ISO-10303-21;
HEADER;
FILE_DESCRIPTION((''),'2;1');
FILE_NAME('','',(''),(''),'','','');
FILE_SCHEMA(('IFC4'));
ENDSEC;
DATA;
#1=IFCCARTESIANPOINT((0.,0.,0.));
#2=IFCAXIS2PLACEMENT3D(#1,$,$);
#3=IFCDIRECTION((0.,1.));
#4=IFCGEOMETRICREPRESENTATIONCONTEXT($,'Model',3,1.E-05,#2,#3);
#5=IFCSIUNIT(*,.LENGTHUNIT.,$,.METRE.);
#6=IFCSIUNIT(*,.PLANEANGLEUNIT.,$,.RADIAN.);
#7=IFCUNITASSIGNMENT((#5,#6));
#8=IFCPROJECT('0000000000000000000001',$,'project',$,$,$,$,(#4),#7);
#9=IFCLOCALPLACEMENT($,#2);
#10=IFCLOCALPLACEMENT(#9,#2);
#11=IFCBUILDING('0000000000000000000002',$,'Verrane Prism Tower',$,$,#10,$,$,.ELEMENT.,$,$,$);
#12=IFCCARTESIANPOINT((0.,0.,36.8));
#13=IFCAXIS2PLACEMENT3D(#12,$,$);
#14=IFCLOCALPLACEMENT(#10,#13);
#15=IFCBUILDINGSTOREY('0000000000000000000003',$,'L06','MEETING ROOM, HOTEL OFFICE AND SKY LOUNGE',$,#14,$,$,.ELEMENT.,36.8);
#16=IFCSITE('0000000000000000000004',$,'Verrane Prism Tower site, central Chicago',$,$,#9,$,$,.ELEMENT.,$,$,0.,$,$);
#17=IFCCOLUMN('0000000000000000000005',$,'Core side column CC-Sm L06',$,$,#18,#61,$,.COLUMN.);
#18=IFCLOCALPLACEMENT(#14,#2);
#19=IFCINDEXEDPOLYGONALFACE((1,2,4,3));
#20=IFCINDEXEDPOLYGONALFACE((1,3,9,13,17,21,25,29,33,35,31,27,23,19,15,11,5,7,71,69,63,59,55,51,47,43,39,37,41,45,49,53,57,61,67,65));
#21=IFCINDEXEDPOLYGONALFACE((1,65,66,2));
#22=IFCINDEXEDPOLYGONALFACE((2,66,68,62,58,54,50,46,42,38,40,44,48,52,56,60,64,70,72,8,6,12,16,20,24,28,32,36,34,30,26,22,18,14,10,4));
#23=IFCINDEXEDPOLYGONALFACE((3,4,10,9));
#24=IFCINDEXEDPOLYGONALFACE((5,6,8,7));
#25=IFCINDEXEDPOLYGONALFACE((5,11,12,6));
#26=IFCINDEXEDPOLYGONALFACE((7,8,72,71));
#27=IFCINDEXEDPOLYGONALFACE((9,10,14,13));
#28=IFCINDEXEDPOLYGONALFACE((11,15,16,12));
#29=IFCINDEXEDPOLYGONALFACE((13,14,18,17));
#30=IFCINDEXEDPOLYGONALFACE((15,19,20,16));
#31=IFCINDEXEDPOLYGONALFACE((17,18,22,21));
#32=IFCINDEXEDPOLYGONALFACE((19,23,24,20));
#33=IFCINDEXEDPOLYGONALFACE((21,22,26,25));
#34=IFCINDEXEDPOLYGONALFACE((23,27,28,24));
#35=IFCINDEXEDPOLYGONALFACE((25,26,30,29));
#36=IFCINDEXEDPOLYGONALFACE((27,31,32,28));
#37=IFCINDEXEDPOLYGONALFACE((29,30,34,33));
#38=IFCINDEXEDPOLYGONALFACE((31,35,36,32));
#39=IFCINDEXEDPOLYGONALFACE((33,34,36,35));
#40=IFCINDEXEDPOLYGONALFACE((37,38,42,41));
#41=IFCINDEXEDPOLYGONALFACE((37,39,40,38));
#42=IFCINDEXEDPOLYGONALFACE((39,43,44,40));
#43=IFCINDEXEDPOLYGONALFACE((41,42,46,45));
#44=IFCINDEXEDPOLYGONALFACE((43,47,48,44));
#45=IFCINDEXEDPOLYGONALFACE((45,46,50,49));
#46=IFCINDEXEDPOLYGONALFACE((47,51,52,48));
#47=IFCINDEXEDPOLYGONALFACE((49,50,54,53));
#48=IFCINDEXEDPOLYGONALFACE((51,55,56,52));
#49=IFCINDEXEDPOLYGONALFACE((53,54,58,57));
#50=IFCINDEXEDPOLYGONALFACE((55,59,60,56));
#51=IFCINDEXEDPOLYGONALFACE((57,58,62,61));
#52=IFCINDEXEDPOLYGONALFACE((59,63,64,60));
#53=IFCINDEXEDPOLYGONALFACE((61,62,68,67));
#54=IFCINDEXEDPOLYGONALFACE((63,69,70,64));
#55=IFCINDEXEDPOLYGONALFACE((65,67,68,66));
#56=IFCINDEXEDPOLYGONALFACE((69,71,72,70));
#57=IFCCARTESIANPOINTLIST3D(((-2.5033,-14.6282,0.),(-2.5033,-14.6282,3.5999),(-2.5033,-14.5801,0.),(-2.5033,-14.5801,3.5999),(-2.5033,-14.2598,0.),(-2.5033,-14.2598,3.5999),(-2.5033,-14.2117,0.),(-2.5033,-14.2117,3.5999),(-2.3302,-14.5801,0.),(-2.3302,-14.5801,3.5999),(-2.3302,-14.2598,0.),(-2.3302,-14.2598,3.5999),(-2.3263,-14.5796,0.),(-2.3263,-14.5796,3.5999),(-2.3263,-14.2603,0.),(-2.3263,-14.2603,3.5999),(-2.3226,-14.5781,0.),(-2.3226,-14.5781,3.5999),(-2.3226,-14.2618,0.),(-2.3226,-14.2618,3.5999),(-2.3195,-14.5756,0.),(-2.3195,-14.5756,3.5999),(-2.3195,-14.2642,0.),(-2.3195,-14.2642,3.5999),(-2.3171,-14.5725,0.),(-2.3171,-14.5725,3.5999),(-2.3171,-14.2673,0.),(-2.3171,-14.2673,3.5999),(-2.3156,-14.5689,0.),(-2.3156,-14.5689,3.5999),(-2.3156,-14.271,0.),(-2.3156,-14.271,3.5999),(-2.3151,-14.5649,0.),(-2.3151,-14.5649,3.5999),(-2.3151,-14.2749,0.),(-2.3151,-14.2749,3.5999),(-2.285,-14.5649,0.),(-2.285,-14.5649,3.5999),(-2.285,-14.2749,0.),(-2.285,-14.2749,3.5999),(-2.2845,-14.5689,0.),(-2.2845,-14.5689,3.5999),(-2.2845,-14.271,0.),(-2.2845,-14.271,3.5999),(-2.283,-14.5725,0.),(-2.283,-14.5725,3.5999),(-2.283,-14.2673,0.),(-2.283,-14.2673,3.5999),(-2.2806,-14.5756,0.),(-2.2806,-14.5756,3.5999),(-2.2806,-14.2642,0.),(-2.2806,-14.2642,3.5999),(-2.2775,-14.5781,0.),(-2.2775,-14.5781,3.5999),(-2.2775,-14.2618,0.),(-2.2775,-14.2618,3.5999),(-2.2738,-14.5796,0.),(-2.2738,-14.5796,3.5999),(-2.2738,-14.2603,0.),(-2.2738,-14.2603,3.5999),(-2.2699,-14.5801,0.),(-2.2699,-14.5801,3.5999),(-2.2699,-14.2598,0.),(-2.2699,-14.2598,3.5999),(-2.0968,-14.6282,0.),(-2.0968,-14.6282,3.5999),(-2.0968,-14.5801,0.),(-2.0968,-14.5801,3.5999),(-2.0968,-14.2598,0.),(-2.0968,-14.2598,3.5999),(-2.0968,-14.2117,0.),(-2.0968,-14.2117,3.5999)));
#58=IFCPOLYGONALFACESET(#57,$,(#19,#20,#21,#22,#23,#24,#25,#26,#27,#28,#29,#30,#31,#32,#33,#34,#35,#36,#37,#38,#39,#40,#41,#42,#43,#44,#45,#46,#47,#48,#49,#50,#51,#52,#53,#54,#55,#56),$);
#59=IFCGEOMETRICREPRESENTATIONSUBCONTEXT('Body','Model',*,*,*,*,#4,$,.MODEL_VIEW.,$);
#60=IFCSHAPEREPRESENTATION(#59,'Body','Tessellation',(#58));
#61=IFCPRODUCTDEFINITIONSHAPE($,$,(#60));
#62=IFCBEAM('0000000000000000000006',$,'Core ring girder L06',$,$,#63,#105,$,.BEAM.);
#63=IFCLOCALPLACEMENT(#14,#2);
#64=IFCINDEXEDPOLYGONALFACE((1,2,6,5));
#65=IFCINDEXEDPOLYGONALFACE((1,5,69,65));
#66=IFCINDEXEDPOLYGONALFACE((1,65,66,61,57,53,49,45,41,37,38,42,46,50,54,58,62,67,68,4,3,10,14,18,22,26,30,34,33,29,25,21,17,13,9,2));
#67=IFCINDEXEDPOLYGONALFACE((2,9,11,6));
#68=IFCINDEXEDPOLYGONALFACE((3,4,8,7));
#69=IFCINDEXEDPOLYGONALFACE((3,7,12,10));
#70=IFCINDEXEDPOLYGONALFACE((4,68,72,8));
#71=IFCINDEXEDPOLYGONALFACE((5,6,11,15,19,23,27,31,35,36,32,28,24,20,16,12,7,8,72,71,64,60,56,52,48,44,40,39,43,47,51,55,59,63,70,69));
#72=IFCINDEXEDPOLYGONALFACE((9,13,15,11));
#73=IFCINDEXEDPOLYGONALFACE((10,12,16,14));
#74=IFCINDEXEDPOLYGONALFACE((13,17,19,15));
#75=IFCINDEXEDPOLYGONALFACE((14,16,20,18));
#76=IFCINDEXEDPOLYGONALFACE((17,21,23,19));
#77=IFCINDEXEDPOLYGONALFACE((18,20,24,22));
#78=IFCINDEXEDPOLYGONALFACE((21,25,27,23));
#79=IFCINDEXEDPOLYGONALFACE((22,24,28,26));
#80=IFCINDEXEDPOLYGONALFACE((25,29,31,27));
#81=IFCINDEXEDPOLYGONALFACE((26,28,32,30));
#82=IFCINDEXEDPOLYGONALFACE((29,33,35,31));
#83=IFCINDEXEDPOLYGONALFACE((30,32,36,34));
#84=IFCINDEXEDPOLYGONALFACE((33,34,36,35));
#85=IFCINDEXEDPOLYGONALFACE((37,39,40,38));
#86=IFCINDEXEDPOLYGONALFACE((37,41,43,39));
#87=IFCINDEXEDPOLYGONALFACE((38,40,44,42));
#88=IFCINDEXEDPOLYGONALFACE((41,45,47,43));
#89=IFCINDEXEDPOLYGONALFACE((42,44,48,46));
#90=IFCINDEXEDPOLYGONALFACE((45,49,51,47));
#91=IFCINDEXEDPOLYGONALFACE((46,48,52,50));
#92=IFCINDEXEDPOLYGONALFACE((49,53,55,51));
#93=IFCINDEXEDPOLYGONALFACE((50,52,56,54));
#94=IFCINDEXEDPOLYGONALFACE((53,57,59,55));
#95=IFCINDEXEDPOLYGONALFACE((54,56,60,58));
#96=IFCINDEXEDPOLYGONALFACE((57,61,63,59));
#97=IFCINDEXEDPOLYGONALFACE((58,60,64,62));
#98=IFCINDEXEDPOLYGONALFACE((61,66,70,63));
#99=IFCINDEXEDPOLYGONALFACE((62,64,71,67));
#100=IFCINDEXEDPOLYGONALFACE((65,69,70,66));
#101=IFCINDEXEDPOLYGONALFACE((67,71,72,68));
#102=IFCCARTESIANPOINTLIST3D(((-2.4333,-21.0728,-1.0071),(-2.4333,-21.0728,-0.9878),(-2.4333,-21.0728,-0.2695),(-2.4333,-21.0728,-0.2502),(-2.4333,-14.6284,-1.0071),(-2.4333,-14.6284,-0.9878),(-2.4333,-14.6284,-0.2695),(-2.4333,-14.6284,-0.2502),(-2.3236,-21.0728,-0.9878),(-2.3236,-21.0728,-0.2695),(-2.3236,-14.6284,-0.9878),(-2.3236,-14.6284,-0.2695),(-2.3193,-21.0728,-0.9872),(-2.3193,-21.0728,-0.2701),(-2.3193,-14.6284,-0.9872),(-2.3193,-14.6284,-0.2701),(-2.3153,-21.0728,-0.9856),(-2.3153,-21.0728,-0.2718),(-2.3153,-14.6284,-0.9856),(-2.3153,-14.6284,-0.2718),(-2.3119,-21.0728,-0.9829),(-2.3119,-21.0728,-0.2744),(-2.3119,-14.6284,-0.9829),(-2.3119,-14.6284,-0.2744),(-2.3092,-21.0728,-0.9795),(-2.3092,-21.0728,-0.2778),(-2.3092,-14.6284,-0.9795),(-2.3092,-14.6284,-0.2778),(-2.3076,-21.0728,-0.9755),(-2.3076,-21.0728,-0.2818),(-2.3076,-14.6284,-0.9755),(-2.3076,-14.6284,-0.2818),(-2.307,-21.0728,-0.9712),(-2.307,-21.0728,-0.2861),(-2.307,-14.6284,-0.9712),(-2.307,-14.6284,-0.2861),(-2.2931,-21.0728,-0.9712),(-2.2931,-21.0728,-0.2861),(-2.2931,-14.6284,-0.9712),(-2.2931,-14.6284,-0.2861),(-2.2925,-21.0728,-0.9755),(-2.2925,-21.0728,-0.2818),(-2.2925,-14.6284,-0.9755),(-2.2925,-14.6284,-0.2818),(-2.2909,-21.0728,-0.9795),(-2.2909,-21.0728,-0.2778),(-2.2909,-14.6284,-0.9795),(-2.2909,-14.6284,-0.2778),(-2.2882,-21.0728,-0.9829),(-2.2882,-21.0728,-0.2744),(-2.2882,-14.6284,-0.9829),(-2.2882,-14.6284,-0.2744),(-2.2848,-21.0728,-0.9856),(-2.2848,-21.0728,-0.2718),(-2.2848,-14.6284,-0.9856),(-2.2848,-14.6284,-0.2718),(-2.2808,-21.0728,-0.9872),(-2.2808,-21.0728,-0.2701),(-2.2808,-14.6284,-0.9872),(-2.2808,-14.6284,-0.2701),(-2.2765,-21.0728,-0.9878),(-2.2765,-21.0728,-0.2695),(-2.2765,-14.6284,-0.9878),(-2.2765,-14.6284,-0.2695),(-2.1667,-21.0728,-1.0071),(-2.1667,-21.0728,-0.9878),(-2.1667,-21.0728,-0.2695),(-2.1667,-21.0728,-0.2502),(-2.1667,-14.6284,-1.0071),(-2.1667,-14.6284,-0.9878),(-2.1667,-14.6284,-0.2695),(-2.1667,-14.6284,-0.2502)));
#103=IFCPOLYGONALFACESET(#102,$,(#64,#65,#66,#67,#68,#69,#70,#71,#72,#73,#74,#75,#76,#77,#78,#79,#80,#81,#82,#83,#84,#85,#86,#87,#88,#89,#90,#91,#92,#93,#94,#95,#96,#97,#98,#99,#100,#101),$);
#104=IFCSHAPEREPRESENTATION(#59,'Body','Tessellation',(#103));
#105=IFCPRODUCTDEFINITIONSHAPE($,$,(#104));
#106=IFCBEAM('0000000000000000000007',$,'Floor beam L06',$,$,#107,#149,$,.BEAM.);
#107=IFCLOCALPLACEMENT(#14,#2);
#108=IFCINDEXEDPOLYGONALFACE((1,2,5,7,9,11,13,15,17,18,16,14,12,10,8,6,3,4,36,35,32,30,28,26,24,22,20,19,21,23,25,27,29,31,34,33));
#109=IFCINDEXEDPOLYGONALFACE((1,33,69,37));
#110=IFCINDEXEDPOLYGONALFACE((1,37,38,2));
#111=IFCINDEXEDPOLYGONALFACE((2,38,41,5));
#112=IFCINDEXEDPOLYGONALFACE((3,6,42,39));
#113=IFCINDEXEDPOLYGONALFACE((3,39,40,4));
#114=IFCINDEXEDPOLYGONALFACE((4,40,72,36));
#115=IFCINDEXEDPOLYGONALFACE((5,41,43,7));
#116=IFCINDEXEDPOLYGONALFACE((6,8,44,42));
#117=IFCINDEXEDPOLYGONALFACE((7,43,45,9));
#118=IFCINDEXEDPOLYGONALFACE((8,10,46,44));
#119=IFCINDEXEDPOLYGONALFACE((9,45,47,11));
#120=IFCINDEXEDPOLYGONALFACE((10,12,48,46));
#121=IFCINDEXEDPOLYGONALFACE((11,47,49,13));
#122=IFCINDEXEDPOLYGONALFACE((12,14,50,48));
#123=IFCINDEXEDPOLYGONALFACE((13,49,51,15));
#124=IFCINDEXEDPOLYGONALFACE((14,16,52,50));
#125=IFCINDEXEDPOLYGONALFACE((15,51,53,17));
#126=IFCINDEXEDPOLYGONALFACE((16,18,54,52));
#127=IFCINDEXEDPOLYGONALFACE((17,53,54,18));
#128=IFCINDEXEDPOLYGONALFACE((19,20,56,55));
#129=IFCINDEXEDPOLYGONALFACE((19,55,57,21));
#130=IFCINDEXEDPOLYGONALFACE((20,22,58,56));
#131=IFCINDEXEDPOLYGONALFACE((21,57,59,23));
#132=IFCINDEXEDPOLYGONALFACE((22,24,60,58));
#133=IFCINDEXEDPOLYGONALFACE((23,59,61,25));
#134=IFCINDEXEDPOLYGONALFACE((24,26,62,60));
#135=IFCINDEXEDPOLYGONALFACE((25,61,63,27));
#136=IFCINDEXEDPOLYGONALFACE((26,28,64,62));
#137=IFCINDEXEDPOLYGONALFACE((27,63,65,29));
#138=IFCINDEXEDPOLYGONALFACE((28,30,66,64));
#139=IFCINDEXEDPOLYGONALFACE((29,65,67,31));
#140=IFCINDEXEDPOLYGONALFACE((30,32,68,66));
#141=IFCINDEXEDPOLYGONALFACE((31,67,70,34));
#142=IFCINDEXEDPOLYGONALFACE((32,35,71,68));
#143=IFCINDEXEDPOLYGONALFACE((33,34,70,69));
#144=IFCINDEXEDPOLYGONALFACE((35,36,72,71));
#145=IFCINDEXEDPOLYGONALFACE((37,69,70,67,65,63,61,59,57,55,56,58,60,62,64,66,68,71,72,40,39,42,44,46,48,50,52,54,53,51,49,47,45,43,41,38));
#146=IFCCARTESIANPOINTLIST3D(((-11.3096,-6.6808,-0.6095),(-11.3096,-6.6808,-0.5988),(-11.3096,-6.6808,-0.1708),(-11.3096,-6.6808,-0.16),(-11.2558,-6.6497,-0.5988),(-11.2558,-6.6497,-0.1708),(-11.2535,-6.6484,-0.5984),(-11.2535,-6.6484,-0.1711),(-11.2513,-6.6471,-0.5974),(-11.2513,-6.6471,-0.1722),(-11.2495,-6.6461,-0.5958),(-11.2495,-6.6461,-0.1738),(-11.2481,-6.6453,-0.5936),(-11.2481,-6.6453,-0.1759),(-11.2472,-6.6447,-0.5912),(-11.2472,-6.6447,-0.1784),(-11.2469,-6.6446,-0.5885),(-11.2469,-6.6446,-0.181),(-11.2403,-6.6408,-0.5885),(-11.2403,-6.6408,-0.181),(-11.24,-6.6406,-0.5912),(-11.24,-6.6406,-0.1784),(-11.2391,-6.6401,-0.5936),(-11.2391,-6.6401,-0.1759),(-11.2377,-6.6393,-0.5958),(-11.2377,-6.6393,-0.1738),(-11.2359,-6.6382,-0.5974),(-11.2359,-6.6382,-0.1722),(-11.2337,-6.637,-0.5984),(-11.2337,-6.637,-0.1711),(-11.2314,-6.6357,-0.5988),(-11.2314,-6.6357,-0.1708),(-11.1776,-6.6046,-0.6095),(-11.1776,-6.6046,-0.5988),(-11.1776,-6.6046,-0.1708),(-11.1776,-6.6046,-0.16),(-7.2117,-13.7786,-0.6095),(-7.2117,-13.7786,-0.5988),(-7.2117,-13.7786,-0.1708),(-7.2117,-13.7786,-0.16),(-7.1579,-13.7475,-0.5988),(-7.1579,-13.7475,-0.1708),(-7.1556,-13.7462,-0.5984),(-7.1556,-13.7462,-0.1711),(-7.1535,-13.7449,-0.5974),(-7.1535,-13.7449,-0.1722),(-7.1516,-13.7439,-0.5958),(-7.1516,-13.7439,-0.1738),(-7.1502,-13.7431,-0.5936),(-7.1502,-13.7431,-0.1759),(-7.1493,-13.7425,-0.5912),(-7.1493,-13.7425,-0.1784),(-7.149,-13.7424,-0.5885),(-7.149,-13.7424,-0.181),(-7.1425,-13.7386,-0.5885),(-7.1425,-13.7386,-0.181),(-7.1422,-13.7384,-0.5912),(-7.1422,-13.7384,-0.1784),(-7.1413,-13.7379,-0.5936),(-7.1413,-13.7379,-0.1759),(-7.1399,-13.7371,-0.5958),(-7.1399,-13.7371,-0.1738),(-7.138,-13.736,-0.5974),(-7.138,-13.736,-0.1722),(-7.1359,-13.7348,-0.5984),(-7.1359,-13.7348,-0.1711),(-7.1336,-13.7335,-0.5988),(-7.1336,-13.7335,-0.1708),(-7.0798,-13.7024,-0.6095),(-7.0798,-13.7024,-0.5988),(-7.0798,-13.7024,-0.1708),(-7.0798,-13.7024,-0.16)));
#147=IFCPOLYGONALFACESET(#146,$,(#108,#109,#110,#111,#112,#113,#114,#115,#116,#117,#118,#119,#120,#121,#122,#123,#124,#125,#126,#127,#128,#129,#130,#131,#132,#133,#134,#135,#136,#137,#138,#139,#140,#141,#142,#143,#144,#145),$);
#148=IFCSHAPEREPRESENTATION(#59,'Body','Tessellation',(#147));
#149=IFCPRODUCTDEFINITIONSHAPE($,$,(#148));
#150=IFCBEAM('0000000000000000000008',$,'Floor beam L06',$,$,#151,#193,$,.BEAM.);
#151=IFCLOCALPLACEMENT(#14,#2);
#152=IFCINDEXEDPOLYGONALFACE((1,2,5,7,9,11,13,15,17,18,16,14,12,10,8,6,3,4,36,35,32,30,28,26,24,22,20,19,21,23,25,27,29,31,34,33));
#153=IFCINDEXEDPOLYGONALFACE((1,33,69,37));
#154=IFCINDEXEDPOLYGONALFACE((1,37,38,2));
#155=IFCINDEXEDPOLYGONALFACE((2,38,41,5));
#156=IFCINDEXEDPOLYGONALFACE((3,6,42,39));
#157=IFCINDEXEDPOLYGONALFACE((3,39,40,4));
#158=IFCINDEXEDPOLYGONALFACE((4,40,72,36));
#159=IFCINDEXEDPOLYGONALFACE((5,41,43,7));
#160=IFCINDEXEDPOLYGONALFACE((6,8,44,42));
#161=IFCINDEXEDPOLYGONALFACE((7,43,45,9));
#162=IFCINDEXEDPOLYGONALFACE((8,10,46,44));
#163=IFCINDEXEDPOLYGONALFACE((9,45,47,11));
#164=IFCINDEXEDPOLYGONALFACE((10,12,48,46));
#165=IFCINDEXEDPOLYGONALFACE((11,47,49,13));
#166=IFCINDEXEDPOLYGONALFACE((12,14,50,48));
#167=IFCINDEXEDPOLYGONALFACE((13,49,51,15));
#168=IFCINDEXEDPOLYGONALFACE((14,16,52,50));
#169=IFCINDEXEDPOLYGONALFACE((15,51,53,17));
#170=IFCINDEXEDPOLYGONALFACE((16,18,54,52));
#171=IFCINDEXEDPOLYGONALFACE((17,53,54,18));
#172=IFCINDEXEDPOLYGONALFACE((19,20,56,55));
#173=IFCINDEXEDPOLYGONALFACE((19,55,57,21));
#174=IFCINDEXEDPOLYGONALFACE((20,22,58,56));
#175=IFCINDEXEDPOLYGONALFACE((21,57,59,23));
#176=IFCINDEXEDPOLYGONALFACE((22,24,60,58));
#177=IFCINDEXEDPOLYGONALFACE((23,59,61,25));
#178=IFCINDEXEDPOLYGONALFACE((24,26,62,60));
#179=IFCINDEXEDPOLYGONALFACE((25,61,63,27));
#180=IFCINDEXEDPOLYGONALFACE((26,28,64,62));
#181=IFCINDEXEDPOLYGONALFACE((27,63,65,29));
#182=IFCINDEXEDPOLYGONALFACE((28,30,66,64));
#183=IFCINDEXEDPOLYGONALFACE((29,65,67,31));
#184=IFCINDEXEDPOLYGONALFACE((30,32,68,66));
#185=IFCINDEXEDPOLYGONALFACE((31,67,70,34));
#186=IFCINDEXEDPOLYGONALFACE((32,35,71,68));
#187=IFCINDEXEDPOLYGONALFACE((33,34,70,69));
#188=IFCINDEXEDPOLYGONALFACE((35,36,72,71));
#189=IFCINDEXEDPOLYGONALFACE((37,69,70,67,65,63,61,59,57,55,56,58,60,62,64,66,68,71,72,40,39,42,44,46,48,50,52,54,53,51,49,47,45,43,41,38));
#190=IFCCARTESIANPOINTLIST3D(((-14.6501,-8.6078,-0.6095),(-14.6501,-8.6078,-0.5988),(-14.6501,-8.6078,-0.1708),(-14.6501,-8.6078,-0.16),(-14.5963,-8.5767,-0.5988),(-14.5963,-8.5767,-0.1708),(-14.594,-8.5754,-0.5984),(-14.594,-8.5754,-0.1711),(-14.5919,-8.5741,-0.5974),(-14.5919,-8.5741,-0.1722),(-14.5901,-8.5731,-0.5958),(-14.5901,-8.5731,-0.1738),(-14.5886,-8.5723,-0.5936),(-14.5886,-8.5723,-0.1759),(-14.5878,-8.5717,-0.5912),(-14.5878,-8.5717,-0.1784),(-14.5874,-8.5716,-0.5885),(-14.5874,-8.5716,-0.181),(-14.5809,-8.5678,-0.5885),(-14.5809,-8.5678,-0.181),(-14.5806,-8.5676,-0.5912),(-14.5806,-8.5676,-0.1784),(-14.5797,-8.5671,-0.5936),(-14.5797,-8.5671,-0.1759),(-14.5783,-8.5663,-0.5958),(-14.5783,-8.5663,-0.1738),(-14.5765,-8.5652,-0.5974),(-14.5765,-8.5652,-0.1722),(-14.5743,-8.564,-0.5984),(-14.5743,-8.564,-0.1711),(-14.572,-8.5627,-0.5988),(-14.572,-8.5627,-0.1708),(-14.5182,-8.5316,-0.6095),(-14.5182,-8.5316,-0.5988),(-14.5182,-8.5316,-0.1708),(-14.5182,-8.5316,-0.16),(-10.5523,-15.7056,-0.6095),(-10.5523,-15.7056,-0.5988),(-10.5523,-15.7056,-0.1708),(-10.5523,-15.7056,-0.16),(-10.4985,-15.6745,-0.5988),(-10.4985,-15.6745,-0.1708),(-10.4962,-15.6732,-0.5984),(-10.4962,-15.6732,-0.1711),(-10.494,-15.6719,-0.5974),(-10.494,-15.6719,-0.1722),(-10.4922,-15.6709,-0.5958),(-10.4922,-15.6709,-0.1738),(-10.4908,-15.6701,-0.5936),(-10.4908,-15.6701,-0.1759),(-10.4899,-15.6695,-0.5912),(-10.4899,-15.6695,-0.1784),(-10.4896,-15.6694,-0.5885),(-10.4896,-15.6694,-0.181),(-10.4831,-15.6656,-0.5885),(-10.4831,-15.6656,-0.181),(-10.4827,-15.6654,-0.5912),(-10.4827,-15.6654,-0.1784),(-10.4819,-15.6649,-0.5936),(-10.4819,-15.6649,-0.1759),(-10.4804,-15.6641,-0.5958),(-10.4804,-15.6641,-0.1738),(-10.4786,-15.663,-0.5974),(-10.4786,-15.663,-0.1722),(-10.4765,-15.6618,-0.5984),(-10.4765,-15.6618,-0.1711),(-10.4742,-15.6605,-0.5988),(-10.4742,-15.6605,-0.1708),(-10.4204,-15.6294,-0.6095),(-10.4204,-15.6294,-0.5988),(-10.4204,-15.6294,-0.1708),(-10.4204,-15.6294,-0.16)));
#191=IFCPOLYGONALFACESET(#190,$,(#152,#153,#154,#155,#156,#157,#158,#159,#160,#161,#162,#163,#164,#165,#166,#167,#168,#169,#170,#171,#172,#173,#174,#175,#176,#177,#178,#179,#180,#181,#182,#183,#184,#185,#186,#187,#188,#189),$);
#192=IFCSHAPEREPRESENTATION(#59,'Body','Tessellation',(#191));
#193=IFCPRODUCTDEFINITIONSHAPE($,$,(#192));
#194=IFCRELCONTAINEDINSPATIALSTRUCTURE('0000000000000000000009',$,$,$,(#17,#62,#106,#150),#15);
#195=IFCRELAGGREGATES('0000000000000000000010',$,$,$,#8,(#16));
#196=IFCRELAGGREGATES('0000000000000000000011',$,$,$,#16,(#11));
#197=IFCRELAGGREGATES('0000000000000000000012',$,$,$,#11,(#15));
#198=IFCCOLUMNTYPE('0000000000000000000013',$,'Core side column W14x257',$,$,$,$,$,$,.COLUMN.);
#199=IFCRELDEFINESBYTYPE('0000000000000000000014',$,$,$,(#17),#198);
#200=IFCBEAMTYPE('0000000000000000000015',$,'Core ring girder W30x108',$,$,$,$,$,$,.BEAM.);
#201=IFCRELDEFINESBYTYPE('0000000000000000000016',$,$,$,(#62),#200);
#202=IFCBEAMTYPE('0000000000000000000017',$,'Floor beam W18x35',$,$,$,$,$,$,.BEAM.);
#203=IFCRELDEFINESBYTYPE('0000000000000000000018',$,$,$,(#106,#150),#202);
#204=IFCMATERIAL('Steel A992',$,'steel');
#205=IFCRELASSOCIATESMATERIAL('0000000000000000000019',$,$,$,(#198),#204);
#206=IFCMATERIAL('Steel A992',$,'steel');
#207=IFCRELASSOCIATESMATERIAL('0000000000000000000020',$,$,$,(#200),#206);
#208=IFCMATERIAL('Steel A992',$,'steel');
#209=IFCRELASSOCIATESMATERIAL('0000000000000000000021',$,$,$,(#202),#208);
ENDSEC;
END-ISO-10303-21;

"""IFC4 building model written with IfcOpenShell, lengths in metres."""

from ifc_helpers import new_model, si_unit, direction, frame, origin, origin_2d, place, context, subcontext, project, spatial, i_section, extrude, material, material_profile, profile_set, type_object, element, save


model = new_model("IFC4")

# Units and contexts
model_context = context("Model", 3, precision=1e-05, world=origin(), true_north=direction((0.0, 1.0)))
body_context = subcontext(model_context, "Body", "Model", "MODEL_VIEW")
ifc_project = project(units=[si_unit("LENGTHUNIT", "METRE"), si_unit("PLANEANGLEUNIT", "RADIAN")], contexts=[model_context])

# Site, building, storey
site_placement = place(None, origin())
site = spatial("IfcSite", under=ifc_project, at=site_placement, Name="Verrane Prism Tower site, central Chicago", CompositionType="ELEMENT", RefElevation=0.0)
building_placement = place(site_placement, origin())
building = spatial("IfcBuilding", under=site, at=building_placement, Name="Verrane Prism Tower", CompositionType="ELEMENT")
storey_placement = place(building_placement, frame((0.0, 0.0, 36.8)))
storey = spatial("IfcBuildingStorey", under=building, at=storey_placement, Name="L06", Description="MEETING ROOM, HOTEL OFFICE AND SKY LOUNGE", CompositionType="ELEMENT", Elevation=36.8)

# Column
ifc_material_1 = material(Name="Steel A992", Category="steel")
ifc_material_profile_1 = material_profile(ifc_material_1, i_section(OverallWidth=0.4065, OverallDepth=0.4165, WebThickness=0.03, FlangeThickness=0.0481, FilletRadius=0.0151, at=origin_2d()), Name="W14x257")
ifc_profile_set_1 = profile_set([ifc_material_profile_1], Name="Steel A992")
column_type = type_object("IfcColumnType", Name="Core side column W14x257", PredefinedType="COLUMN", material=ifc_profile_set_1)
column_placement = place(storey_placement, frame((-2.3, -14.4199, 0.0), z_axis=(0.0, 0.0, 1.0), x_axis=(1.0, 0.0, 0.0)))
element("IfcColumn", 1, at=column_placement, inside=storey, type_object=column_type, Name="Core side column CC-Sm L06", PredefinedType="COLUMN", context=body_context, shape_type="SweptSolid", body=[
    extrude(i_section(OverallWidth=0.4065, OverallDepth=0.4165, WebThickness=0.03, FlangeThickness=0.0481, FilletRadius=0.0151, at=origin_2d()), origin(), (0.0, 0.0, 1.0), 3.5999),
])

# Beams
ifc_material_2 = material(Name="Steel A992", Category="steel")
ifc_material_profile_2 = material_profile(ifc_material_2, i_section(OverallWidth=0.2666, OverallDepth=0.7568, WebThickness=0.0139, FlangeThickness=0.0193, FilletRadius=0.0166, at=origin_2d()), Name="W30x108")
ifc_profile_set_2 = profile_set([ifc_material_profile_2], Name="Steel A992")
beam_type_1 = type_object("IfcBeamType", Name="Core ring girder W30x108", PredefinedType="BEAM", material=ifc_profile_set_2)
beam_1_placement = place(storey_placement, frame((-2.3, -14.6284, -0.6287), z_axis=(0.0, -1.0, 0.0), x_axis=(1.0, 0.0, 0.0)))
element("IfcBeam", 2, at=beam_1_placement, inside=storey, type_object=beam_type_1, Name="Core ring girder L06", PredefinedType="BEAM", context=body_context, shape_type="SweptSolid", body=[
    extrude(i_section(OverallWidth=0.2666, OverallDepth=0.7568, WebThickness=0.0139, FlangeThickness=0.0193, FilletRadius=0.0166, at=origin_2d()), origin(), (0.0, 0.0, 1.0), 6.4443),
])
ifc_material_3 = material(Name="Steel A992", Category="steel")
ifc_material_profile_3 = material_profile(ifc_material_3, i_section(OverallWidth=0.1523, OverallDepth=0.4495, WebThickness=0.0076, FlangeThickness=0.0107, FilletRadius=0.0103, at=origin_2d()), Name="W18x35")
ifc_profile_set_3 = profile_set([ifc_material_profile_3], Name="Steel A992")
beam_type_2 = type_object("IfcBeamType", Name="Floor beam W18x35", PredefinedType="BEAM", material=ifc_profile_set_3)
for number, where, z_axis, x_axis, name in (
    (3, (-7.1458, -13.7405, -0.3848), (-0.499993, 0.866029, 0.0), (-0.866029, -0.499993, 0.0), "Floor beam L06"),
    (4, (-10.4863, -15.6675, -0.3848), (-0.499993, 0.866029, 0.0), (-0.866029, -0.499993, 0.0), "Floor beam L06"),
):
    element("IfcBeam", number, at=place(storey_placement, frame(where, z_axis=z_axis, x_axis=x_axis)), inside=storey, type_object=beam_type_2, Name=name, PredefinedType="BEAM", context=body_context, shape_type="SweptSolid", body=[
        extrude(i_section(OverallWidth=0.1523, OverallDepth=0.4495, WebThickness=0.0076, FlangeThickness=0.0107, FilletRadius=0.0103, at=origin_2d()), origin(), (0.0, 0.0, 1.0), 8.1958),
    ])

save(model, "model.ifc")
